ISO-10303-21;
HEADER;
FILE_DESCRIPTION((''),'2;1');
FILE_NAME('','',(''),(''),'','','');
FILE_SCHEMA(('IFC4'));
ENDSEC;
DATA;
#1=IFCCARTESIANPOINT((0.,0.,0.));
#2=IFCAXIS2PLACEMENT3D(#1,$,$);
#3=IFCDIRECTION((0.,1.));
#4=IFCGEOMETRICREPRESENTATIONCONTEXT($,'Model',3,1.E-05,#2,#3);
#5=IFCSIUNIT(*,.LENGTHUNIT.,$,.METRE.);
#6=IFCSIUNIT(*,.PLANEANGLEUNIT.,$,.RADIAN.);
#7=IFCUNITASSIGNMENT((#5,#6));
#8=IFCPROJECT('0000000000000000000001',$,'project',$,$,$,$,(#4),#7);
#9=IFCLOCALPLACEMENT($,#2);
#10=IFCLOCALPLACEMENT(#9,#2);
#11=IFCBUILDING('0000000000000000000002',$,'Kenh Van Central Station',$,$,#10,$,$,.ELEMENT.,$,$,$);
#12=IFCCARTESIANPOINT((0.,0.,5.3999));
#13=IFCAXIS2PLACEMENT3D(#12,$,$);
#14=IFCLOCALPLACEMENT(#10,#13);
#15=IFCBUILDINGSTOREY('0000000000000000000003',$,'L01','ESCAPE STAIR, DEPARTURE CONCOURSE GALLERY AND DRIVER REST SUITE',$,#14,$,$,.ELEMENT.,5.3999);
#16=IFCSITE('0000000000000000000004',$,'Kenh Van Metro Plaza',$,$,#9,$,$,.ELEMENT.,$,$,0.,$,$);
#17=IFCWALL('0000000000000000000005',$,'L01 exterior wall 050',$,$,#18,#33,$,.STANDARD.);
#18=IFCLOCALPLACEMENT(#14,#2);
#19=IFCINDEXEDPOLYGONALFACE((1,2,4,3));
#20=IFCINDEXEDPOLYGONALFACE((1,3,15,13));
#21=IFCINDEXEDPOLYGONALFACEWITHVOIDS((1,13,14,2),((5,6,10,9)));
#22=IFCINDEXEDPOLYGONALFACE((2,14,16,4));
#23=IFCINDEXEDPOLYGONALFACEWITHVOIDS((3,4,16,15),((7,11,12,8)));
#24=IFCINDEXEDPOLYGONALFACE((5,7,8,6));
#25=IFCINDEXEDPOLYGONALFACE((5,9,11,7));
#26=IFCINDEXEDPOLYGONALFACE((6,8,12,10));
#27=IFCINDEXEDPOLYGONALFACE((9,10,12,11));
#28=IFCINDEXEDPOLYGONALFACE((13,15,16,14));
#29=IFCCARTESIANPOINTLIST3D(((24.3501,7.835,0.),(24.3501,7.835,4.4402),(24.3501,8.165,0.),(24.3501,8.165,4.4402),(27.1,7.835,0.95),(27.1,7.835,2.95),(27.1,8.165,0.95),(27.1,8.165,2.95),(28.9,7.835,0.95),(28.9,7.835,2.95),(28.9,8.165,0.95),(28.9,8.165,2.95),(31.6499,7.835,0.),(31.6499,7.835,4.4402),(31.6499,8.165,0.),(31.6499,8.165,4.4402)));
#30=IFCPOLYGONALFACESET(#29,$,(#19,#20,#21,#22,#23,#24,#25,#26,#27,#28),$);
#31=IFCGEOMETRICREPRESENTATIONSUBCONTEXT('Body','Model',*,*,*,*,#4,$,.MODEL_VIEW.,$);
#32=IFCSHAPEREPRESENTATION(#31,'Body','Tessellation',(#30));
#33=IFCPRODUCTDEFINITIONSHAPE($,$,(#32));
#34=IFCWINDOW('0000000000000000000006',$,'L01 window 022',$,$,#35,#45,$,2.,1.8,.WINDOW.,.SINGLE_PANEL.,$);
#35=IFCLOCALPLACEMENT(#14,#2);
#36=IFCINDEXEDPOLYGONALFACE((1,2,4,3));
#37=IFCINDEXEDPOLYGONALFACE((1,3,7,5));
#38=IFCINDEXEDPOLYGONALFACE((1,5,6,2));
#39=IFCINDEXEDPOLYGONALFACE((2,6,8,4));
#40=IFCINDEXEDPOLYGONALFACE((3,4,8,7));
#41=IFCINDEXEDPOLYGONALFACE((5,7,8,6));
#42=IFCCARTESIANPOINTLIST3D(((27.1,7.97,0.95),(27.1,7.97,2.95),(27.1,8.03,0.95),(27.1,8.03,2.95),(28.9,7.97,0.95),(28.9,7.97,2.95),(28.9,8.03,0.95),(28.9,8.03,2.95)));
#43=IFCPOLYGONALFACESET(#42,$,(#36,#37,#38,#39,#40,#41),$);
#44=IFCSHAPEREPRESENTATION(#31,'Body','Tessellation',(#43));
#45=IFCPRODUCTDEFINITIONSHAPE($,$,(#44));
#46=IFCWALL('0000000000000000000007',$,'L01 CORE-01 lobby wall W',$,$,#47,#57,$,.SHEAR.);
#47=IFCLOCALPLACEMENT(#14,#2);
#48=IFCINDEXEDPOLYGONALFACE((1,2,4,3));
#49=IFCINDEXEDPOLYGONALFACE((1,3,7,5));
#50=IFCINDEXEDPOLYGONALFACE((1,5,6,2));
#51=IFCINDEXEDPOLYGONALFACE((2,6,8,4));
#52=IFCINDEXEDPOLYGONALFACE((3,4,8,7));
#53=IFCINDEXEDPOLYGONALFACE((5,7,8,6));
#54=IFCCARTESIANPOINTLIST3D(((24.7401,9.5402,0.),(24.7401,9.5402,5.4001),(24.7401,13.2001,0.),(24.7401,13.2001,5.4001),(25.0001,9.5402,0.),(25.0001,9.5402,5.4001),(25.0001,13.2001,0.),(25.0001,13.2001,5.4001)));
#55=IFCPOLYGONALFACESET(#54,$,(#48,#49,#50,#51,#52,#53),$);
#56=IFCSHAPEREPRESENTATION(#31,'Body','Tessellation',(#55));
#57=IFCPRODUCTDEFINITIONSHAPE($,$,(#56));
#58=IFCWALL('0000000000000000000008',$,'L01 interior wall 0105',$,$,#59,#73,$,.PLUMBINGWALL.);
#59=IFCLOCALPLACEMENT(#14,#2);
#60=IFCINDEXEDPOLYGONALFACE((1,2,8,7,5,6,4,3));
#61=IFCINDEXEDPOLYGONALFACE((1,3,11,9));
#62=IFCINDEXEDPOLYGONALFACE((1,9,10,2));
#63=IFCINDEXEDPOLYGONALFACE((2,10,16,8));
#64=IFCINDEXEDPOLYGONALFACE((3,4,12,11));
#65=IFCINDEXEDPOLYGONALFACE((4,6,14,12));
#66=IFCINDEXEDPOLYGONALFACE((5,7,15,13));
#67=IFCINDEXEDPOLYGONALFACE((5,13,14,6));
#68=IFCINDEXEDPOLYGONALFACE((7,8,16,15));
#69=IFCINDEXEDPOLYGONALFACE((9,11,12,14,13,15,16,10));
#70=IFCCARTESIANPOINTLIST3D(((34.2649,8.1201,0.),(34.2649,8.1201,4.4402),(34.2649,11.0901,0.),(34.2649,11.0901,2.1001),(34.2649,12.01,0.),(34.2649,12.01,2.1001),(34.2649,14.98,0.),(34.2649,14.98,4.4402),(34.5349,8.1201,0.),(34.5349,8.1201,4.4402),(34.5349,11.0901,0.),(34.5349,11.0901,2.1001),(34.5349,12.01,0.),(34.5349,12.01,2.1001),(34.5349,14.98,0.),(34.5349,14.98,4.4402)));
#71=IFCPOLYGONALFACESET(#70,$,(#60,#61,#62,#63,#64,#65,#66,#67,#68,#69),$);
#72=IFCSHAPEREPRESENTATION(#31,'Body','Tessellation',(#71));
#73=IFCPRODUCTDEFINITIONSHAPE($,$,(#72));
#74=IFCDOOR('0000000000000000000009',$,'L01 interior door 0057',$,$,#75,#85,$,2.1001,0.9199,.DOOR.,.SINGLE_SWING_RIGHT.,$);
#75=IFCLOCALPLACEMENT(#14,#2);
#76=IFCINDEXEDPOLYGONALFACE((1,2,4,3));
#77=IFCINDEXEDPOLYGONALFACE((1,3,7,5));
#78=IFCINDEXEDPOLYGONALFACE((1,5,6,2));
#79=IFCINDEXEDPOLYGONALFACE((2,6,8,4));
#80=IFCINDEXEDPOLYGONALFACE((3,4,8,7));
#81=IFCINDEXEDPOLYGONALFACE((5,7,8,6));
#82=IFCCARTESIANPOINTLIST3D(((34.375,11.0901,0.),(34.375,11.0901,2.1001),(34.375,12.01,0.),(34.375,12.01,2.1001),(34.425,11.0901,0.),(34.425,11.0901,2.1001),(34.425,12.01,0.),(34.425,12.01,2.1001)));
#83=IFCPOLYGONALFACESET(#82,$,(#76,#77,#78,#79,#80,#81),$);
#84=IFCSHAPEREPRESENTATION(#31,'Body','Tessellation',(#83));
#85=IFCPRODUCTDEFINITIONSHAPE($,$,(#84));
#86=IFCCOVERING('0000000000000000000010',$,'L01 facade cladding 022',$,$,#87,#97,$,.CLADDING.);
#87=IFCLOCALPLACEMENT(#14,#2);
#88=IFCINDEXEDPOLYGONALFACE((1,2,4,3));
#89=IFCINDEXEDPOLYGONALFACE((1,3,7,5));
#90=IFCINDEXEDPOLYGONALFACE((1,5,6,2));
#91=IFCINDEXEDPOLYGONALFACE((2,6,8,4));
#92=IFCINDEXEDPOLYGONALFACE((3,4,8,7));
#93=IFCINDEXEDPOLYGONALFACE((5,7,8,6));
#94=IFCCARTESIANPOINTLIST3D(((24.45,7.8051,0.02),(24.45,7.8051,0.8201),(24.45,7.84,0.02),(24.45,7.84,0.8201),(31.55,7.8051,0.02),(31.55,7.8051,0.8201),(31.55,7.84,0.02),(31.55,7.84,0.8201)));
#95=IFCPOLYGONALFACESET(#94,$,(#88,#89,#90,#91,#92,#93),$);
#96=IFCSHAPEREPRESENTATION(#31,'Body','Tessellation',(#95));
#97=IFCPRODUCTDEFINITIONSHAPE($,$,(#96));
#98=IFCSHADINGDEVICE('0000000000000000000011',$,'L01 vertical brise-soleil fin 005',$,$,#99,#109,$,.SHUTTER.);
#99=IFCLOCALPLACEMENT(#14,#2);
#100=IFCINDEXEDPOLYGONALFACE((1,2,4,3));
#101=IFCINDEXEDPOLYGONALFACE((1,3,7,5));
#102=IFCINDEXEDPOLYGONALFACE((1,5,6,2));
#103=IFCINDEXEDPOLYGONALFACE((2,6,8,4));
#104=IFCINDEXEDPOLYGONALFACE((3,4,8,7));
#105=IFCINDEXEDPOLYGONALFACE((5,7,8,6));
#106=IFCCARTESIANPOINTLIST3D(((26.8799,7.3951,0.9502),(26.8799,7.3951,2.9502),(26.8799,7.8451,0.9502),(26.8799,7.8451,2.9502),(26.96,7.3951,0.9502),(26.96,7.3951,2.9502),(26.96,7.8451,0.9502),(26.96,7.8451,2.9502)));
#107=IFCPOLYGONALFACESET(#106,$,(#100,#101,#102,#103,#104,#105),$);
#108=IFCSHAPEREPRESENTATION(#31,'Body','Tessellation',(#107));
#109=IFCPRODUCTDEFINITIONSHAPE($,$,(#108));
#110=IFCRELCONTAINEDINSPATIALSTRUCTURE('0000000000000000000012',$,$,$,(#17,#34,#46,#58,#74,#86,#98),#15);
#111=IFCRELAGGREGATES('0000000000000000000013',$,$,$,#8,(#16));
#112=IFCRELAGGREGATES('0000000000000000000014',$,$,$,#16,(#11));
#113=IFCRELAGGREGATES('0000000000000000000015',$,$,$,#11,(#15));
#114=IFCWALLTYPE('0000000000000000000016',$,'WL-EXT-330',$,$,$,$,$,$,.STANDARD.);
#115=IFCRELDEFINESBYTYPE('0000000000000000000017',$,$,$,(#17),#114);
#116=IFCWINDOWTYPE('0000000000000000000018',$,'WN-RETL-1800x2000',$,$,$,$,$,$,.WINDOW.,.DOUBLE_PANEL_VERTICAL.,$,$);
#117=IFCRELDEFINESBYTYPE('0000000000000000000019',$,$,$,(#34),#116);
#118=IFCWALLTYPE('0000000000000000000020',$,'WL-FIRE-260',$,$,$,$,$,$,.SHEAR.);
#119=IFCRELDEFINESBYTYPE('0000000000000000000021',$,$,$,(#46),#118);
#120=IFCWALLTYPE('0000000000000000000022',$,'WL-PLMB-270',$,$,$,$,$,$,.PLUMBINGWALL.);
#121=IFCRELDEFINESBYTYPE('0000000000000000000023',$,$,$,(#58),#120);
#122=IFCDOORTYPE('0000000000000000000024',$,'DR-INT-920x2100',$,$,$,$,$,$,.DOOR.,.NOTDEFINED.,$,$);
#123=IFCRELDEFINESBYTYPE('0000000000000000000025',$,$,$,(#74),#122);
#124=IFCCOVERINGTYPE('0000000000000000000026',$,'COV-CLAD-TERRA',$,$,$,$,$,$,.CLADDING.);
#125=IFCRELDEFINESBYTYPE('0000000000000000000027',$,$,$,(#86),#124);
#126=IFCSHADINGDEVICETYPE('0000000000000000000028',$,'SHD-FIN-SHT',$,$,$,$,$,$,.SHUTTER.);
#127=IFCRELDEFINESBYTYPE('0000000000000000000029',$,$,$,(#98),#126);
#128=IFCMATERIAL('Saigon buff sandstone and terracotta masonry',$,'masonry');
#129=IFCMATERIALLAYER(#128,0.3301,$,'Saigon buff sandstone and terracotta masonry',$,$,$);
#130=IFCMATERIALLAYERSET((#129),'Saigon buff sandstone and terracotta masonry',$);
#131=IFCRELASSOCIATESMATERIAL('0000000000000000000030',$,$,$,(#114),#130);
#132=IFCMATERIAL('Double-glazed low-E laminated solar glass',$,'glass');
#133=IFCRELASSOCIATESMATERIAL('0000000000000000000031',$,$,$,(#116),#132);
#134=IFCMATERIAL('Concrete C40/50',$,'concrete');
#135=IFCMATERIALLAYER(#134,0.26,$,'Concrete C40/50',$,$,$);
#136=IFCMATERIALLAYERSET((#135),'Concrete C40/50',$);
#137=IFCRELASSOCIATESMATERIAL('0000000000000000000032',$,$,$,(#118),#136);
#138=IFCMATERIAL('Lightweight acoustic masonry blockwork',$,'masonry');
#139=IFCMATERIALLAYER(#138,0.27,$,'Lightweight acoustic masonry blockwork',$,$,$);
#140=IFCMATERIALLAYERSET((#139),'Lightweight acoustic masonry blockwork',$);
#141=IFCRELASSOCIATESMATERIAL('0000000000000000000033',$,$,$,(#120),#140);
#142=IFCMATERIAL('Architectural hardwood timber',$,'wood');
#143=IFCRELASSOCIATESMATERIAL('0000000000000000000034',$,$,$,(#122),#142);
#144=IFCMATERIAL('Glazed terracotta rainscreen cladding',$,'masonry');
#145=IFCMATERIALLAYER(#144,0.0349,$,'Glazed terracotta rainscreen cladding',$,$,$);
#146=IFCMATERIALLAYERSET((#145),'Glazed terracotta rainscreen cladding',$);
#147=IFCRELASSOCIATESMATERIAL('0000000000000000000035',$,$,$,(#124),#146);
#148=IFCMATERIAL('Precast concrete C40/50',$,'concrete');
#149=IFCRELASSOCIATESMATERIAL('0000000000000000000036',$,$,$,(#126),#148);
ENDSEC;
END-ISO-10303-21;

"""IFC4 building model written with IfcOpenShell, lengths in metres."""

from ifc_helpers import new_model, si_unit, direction, frame, frame_2d, origin, origin_2d, place, context, subcontext, project, spatial, rectangle, extrude, material, layer, layer_set, type_object, element, fill, save


model = new_model("IFC4")

# Units and contexts
model_context = context("Model", 3, precision=1e-05, world=origin(), true_north=direction((0.0, 1.0)))
body_context = subcontext(model_context, "Body", "Model", "MODEL_VIEW")
ifc_project = project(units=[si_unit("LENGTHUNIT", "METRE"), si_unit("PLANEANGLEUNIT", "RADIAN")], contexts=[model_context])

# Site, building, storey
site_placement = place(None, origin())
site = spatial("IfcSite", under=ifc_project, at=site_placement, Name="Kenh Van Metro Plaza", CompositionType="ELEMENT", RefElevation=0.0)
building_placement = place(site_placement, origin())
building = spatial("IfcBuilding", under=site, at=building_placement, Name="Kenh Van Central Station", CompositionType="ELEMENT")
storey_placement = place(building_placement, frame((0.0, 0.0, 5.3999)))
storey = spatial("IfcBuildingStorey", under=building, at=storey_placement, Name="L01", Description="ESCAPE STAIR, DEPARTURE CONCOURSE GALLERY AND DRIVER REST SUITE", CompositionType="ELEMENT", Elevation=5.3999)

# Shared definitions
ifc_material_1 = material(Name="Concrete C40/50", Category="concrete")

# Shared definitions
ifc_material_2 = material(Name="Double-glazed low-E laminated solar glass", Category="glass")

# Wall, opening, window
ifc_material_3 = material(Name="Saigon buff sandstone and terracotta masonry", Category="masonry")
ifc_layer_1 = layer(ifc_material_3, 0.3301, Name="Saigon buff sandstone and terracotta masonry")
ifc_layer_set_1 = layer_set([ifc_layer_1], Name="Saigon buff sandstone and terracotta masonry")
wall_type_1 = type_object("IfcWallType", Name="WL-EXT-330", PredefinedType="STANDARD", material=ifc_layer_set_1)
wall_1_placement = place(storey_placement, frame((24.3501, 8.0, 0.0), z_axis=(0.0, 0.0, 1.0), x_axis=(1.0, 0.0, 0.0)))
wall_1 = element("IfcWall", 1, at=wall_1_placement, inside=storey, type_object=wall_type_1, Name="L01 exterior wall 050", PredefinedType="STANDARD", context=body_context, shape_type="SweptSolid", body=[
    extrude(rectangle(XDim=7.2998, YDim=0.3301, at=frame_2d((3.6499, 0.0))), origin(), (0.0, 0.0, 1.0), 4.4402),
])
opening_1_placement = place(wall_1_placement, frame((2.75, 0.0, 0.95)))
opening_1 = element("IfcOpeningElement", 2, at=opening_1_placement, cuts=wall_1, PredefinedType="OPENING", context=body_context, shape_type="SweptSolid", body=[
    extrude(rectangle(XDim=1.8, YDim=2.0, at=frame_2d((0.8999, 1.0))), frame((0.0, 0.175, 0.0), z_axis=(0.0, -1.0, 0.0), x_axis=(1.0, 0.0, 0.0)), (0.0, 0.0, 1.0), 0.3501),
])
window_type = type_object("IfcWindowType", Name="WN-RETL-1800x2000", PartitioningType="DOUBLE_PANEL_VERTICAL", PredefinedType="WINDOW", material=ifc_material_2)
window_placement = place(opening_1_placement, origin())
window = element("IfcWindow", 3, at=window_placement, inside=storey, type_object=window_type, Name="L01 window 022", OverallHeight=2.0, OverallWidth=1.8, PartitioningType="SINGLE_PANEL", PredefinedType="WINDOW", context=body_context, shape_type="SweptSolid", body=[
    extrude(rectangle(XDim=1.8, YDim=2.0, at=frame_2d((0.8999, 1.0))), frame((0.0, 0.03, 0.0), z_axis=(0.0, -1.0, 0.0), x_axis=(1.0, 0.0, 0.0)), (0.0, 0.0, 1.0), 0.0601),
])
fill(opening_1, window)

# Wall
ifc_layer_2 = layer(ifc_material_1, 0.26, Name="Concrete C40/50")
ifc_layer_set_2 = layer_set([ifc_layer_2], Name="Concrete C40/50")
wall_type_2 = type_object("IfcWallType", Name="WL-FIRE-260", PredefinedType="SHEAR", material=ifc_layer_set_2)
wall_2_placement = place(storey_placement, frame((24.8701, 9.54, 0.0), z_axis=(0.0, 0.0, 1.0), x_axis=(0.0, 1.0, 0.0)))
element("IfcWall", 4, at=wall_2_placement, inside=storey, type_object=wall_type_2, Name="L01 CORE-01 lobby wall W", PredefinedType="SHEAR", context=body_context, shape_type="SweptSolid", body=[
    extrude(rectangle(XDim=3.6599, YDim=0.26, at=frame_2d((1.8301, 0.0))), origin(), (0.0, 0.0, 1.0), 5.4001),
])

# Wall, opening, door
ifc_material_4 = material(Name="Lightweight acoustic masonry blockwork", Category="masonry")
ifc_layer_3 = layer(ifc_material_4, 0.27, Name="Lightweight acoustic masonry blockwork")
ifc_layer_set_3 = layer_set([ifc_layer_3], Name="Lightweight acoustic masonry blockwork")
wall_type_3 = type_object("IfcWallType", Name="WL-PLMB-270", PredefinedType="PLUMBINGWALL", material=ifc_layer_set_3)
wall_3_placement = place(storey_placement, frame((34.3999, 8.1201, 0.0), z_axis=(0.0, 0.0, 1.0), x_axis=(0.0, 1.0, 0.0)))
wall_3 = element("IfcWall", 5, at=wall_3_placement, inside=storey, type_object=wall_type_3, Name="L01 interior wall 0105", PredefinedType="PLUMBINGWALL", context=body_context, shape_type="SweptSolid", body=[
    extrude(rectangle(XDim=6.8599, YDim=0.27, at=frame_2d((3.4299, 0.0))), origin(), (0.0, 0.0, 1.0), 4.4402),
])
opening_2_placement = place(wall_3_placement, frame((2.97, 0.0, 0.0)))
opening_2 = element("IfcOpeningElement", 6, at=opening_2_placement, cuts=wall_3, PredefinedType="OPENING", context=body_context, shape_type="SweptSolid", body=[
    extrude(rectangle(XDim=0.9199, YDim=2.1001, at=frame_2d((0.46, 1.05))), frame((0.0, 0.145, 0.0), z_axis=(0.0, -1.0, 0.0), x_axis=(1.0, 0.0, 0.0)), (0.0, 0.0, 1.0), 0.29),
])
ifc_material_5 = material(Name="Architectural hardwood timber", Category="wood")
door_type = type_object("IfcDoorType", Name="DR-INT-920x2100", OperationType="NOTDEFINED", PredefinedType="DOOR", material=ifc_material_5)
door_placement = place(opening_2_placement, origin())
door = element("IfcDoor", 7, at=door_placement, inside=storey, type_object=door_type, Name="L01 interior door 0057", OperationType="SINGLE_SWING_RIGHT", OverallHeight=2.1001, OverallWidth=0.9199, PredefinedType="DOOR", context=body_context, shape_type="SweptSolid", body=[
    extrude(rectangle(XDim=0.9199, YDim=2.1001, at=frame_2d((0.46, 1.05))), frame((0.0, 0.0249, 0.0), z_axis=(0.0, -1.0, 0.0), x_axis=(1.0, 0.0, 0.0)), (0.0, 0.0, 1.0), 0.05),
])
fill(opening_2, door)

# Covering
ifc_material_6 = material(Name="Glazed terracotta rainscreen cladding", Category="masonry")
ifc_layer_4 = layer(ifc_material_6, 0.0349, Name="Glazed terracotta rainscreen cladding")
ifc_layer_set_4 = layer_set([ifc_layer_4], Name="Glazed terracotta rainscreen cladding")
covering_type = type_object("IfcCoveringType", Name="COV-CLAD-TERRA", PredefinedType="CLADDING", material=ifc_layer_set_4)
covering_placement = place(storey_placement, frame((28.0, 7.8225, 0.02), z_axis=(0.0, 0.0, 1.0), x_axis=(1.0, 0.0, 0.0)))
element("IfcCovering", 8, at=covering_placement, inside=storey, type_object=covering_type, Name="L01 facade cladding 022", PredefinedType="CLADDING", context=body_context, shape_type="SweptSolid", body=[
    extrude(rectangle(XDim=7.1001, YDim=0.0349, at=origin_2d()), origin(), (0.0, 0.0, 1.0), 0.8),
])

# Shading device
ifc_material_7 = material(Name="Precast concrete C40/50", Category="concrete")
shading_device_type = type_object("IfcShadingDeviceType", Name="SHD-FIN-SHT", PredefinedType="SHUTTER", material=ifc_material_7)
shading_device_placement = place(storey_placement, frame((26.9199, 7.6201, 0.9502), z_axis=(0.0, 0.0, 1.0), x_axis=(0.0, -1.0, 0.0)))
element("IfcShadingDevice", 9, at=shading_device_placement, inside=storey, type_object=shading_device_type, Name="L01 vertical brise-soleil fin 005", PredefinedType="SHUTTER", context=body_context, shape_type="SweptSolid", body=[
    extrude(rectangle(XDim=0.45, YDim=0.0801, at=origin_2d()), origin(), (0.0, 0.0, 1.0), 2.0),
])

save(model, "model.ifc")
